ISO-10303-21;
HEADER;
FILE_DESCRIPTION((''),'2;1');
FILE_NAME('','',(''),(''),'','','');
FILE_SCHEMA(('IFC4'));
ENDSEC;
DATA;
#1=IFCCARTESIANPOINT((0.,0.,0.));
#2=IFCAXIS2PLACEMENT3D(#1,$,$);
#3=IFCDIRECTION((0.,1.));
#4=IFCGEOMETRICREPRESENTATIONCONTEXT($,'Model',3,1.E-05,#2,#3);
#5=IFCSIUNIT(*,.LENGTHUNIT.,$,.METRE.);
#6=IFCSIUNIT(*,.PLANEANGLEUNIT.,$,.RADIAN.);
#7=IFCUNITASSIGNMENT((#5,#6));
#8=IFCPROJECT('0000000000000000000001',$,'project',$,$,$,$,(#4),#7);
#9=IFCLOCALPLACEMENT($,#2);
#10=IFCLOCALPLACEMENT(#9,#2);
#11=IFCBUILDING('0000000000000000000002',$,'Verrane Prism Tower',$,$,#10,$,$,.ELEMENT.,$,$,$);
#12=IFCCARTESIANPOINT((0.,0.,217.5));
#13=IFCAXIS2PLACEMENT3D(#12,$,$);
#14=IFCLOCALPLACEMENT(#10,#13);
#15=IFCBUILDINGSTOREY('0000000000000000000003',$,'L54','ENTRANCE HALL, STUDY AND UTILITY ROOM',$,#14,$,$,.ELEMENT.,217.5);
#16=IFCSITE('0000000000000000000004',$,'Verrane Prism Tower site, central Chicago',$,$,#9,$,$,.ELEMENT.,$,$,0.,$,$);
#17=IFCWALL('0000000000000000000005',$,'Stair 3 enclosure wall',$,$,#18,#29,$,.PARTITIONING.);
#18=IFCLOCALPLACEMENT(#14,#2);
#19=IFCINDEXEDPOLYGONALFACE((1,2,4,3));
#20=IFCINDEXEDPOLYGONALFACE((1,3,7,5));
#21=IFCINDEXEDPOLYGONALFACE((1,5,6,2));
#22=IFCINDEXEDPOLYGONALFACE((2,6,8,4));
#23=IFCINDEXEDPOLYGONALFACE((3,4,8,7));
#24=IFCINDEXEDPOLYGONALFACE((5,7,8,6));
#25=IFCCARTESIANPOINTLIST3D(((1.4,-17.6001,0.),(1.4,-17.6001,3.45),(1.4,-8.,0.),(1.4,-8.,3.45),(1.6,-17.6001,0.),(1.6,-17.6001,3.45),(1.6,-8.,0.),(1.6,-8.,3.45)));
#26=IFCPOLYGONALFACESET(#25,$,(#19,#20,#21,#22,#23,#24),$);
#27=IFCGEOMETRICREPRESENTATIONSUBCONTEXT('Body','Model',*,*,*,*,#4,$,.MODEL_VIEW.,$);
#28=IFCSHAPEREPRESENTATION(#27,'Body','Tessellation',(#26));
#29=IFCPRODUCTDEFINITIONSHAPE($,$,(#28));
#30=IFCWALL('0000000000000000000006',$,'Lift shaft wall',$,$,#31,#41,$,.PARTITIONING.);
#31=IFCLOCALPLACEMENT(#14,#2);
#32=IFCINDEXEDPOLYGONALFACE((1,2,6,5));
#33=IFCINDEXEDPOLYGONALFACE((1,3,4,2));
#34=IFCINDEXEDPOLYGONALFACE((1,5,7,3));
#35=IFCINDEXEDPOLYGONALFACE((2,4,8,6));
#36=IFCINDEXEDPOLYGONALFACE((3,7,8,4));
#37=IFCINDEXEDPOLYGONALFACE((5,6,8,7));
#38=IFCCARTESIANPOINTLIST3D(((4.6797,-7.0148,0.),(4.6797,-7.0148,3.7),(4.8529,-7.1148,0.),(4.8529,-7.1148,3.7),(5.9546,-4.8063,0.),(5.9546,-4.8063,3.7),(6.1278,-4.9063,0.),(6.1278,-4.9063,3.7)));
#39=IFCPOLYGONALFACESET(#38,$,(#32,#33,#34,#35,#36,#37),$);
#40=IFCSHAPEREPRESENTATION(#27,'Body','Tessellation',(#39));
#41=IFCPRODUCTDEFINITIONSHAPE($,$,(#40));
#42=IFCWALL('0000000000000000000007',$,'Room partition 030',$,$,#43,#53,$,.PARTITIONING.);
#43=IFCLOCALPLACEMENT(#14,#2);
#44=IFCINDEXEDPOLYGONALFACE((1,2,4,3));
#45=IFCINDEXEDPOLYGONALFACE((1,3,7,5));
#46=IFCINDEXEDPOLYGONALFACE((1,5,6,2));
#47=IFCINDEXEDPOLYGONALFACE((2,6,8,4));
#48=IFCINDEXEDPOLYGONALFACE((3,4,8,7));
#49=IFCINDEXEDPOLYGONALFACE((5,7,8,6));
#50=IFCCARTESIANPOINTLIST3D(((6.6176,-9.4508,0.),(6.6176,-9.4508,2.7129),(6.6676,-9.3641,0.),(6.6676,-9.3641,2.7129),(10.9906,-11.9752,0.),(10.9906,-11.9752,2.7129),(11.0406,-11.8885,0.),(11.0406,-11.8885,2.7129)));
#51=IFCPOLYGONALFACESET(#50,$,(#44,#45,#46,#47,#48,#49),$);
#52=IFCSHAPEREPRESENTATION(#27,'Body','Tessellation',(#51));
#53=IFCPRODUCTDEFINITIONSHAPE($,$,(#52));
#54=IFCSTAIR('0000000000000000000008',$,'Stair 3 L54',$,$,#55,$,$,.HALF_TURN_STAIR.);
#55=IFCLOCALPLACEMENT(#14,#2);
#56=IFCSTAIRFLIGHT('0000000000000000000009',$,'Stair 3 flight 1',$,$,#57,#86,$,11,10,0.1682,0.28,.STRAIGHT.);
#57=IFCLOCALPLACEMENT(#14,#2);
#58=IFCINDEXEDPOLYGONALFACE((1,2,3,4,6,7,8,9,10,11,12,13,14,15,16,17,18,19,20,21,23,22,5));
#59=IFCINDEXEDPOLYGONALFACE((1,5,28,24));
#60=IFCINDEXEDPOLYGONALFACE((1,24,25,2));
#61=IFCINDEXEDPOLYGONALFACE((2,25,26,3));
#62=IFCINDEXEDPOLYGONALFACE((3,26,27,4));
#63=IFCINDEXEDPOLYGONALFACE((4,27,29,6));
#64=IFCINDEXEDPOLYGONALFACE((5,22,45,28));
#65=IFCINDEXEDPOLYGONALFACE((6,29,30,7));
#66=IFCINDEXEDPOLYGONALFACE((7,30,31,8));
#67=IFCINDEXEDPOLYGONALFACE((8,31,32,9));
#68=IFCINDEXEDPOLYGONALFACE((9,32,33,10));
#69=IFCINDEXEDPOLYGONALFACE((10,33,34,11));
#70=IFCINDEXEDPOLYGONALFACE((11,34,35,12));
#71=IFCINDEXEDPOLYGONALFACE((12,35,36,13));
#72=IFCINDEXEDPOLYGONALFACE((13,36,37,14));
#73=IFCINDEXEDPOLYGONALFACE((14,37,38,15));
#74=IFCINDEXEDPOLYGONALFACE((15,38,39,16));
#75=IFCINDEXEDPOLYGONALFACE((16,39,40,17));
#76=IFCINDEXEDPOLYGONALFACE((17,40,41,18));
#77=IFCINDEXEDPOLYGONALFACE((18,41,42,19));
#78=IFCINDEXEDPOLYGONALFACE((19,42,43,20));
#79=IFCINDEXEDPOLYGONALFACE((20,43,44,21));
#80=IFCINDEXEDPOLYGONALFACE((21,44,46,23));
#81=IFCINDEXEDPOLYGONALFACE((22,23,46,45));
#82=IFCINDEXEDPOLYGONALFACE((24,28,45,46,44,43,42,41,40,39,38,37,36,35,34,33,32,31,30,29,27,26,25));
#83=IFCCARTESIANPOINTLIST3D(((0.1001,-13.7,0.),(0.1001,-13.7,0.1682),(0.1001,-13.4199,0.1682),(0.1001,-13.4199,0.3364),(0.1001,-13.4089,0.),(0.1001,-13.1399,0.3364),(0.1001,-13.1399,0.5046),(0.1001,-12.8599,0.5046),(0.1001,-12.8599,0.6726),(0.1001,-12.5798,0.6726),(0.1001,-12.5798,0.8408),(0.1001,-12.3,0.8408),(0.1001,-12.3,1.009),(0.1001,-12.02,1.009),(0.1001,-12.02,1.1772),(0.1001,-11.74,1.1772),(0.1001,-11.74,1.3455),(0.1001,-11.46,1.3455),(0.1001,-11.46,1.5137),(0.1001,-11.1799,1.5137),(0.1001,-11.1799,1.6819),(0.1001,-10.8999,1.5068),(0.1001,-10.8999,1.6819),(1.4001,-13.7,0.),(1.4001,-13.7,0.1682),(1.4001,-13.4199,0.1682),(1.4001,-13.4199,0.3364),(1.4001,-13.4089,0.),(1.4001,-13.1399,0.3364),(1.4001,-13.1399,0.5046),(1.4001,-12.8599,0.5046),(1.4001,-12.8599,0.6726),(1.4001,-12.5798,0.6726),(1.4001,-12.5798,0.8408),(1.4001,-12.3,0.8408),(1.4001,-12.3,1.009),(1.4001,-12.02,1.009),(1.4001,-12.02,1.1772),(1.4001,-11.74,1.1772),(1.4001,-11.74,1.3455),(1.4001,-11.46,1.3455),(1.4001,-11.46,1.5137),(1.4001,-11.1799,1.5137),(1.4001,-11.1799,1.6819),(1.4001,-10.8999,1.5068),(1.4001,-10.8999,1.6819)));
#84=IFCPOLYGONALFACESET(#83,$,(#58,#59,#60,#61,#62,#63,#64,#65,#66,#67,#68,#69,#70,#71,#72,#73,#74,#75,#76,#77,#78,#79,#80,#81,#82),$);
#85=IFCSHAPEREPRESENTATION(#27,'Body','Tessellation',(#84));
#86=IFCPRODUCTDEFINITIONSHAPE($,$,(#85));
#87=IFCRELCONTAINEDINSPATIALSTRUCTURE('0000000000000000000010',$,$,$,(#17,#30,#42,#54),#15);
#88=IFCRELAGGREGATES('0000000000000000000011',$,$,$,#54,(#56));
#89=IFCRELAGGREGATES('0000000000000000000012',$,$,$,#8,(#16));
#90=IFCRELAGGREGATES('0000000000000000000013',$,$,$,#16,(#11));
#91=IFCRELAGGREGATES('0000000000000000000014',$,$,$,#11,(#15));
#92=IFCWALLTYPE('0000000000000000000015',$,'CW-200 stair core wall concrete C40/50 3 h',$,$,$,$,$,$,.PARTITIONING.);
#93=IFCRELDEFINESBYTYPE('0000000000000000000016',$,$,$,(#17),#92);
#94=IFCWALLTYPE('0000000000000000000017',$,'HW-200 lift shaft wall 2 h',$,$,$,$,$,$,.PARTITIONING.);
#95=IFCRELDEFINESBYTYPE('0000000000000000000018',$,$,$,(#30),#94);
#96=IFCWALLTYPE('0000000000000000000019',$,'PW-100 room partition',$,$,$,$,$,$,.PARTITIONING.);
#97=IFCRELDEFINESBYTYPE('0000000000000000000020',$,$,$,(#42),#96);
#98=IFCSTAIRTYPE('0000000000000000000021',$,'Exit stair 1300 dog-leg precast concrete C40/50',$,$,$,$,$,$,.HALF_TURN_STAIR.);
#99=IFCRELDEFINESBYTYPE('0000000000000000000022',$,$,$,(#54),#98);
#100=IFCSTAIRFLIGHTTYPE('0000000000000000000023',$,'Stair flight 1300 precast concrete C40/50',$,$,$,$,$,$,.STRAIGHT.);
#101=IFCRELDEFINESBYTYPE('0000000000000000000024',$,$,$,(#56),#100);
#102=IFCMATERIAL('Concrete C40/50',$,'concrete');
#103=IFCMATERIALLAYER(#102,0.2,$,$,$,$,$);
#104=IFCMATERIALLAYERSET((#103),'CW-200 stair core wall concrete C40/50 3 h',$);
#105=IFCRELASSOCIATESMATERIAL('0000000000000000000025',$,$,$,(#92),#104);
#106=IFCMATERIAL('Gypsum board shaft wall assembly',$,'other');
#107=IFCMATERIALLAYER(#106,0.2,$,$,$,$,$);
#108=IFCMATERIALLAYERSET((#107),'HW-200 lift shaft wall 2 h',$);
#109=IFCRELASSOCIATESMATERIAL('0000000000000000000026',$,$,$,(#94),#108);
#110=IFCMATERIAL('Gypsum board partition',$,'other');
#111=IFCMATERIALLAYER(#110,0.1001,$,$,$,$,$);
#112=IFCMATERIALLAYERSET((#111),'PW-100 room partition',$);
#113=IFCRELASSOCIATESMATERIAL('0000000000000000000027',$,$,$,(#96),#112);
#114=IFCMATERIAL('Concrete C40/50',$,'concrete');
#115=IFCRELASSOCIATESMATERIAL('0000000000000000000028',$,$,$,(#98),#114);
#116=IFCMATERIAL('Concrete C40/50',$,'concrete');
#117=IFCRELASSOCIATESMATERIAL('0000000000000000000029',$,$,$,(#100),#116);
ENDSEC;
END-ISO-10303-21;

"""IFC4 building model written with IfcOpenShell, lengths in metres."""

from ifc_helpers import new_model, si_unit, direction, frame, frame_2d, origin, place, context, subcontext, project, spatial, polyline, rectangle, outline, extrude, material, layer, layer_set, type_object, element, aggregate, save


model = new_model("IFC4")

# Units and contexts
model_context = context("Model", 3, precision=1e-05, world=origin(), true_north=direction((0.0, 1.0)))
body_context = subcontext(model_context, "Body", "Model", "MODEL_VIEW")
ifc_project = project(units=[si_unit("LENGTHUNIT", "METRE"), si_unit("PLANEANGLEUNIT", "RADIAN")], contexts=[model_context])

# Site, building, storey
site_placement = place(None, origin())
site = spatial("IfcSite", under=ifc_project, at=site_placement, Name="Verrane Prism Tower site, central Chicago", CompositionType="ELEMENT", RefElevation=0.0)
building_placement = place(site_placement, origin())
building = spatial("IfcBuilding", under=site, at=building_placement, Name="Verrane Prism Tower", CompositionType="ELEMENT")
storey_placement = place(building_placement, frame((0.0, 0.0, 217.5)))
storey = spatial("IfcBuildingStorey", under=building, at=storey_placement, Name="L54", Description="ENTRANCE HALL, STUDY AND UTILITY ROOM", CompositionType="ELEMENT", Elevation=217.5)

# Walls
ifc_material_1 = material(Name="Concrete C40/50", Category="concrete")
ifc_layer_1 = layer(ifc_material_1, 0.2)
ifc_layer_set_1 = layer_set([ifc_layer_1], Name="CW-200 stair core wall concrete C40/50 3 h")
wall_type_1 = type_object("IfcWallType", Name="CW-200 stair core wall concrete C40/50 3 h", PredefinedType="PARTITIONING", material=ifc_layer_set_1)
wall_1_placement = place(storey_placement, frame((1.5, -8.0, 0.0), z_axis=(0.0, 0.0, 1.0), x_axis=(0.0, -1.0, 0.0)))
element("IfcWall", 1, at=wall_1_placement, inside=storey, type_object=wall_type_1, Name="Stair 3 enclosure wall", PredefinedType="PARTITIONING", context=body_context, shape_type="SweptSolid", body=[
    extrude(rectangle(XDim=9.6001, YDim=0.2, at=frame_2d((4.8, 0.0))), origin(), (0.0, 0.0, 1.0), 3.45),
])
ifc_material_2 = material(Name="Gypsum board shaft wall assembly", Category="other")
ifc_layer_2 = layer(ifc_material_2, 0.2)
ifc_layer_set_2 = layer_set([ifc_layer_2], Name="HW-200 lift shaft wall 2 h")
wall_type_2 = type_object("IfcWallType", Name="HW-200 lift shaft wall 2 h", PredefinedType="PARTITIONING", material=ifc_layer_set_2)
wall_2_placement = place(storey_placement, frame((4.7664, -7.0647, 0.0), z_axis=(0.0, 0.0, 1.0), x_axis=(0.499949, 0.866055, 0.0)))
element("IfcWall", 2, at=wall_2_placement, inside=storey, type_object=wall_type_2, Name="Lift shaft wall", PredefinedType="PARTITIONING", context=body_context, shape_type="SweptSolid", body=[
    extrude(rectangle(XDim=2.55, YDim=0.2, at=frame_2d((1.2749, 0.0))), origin(), (0.0, 0.0, 1.0), 3.7),
])
ifc_material_3 = material(Name="Gypsum board partition", Category="other")
ifc_layer_3 = layer(ifc_material_3, 0.1001)
ifc_layer_set_3 = layer_set([ifc_layer_3], Name="PW-100 room partition")
wall_type_3 = type_object("IfcWallType", Name="PW-100 room partition", PredefinedType="PARTITIONING", material=ifc_layer_set_3)
wall_3_placement = place(storey_placement, frame((6.6426, -9.4075, 0.0), z_axis=(0.0, 0.0, 1.0), x_axis=(0.866057, -0.499946, 0.0)))
element("IfcWall", 3, at=wall_3_placement, inside=storey, type_object=wall_type_3, Name="Room partition 030", PredefinedType="PARTITIONING", context=body_context, shape_type="SweptSolid", body=[
    extrude(rectangle(XDim=5.0493, YDim=0.1001, at=frame_2d((2.5247, 0.0))), origin(), (0.0, 0.0, 1.0), 2.7129),
])

# Stair, stair flight
ifc_material_4 = material(Name="Concrete C40/50", Category="concrete")
stair_type = type_object("IfcStairType", Name="Exit stair 1300 dog-leg precast concrete C40/50", PredefinedType="HALF_TURN_STAIR", material=ifc_material_4)
stair_placement = place(storey_placement, origin())
stair = element("IfcStair", 4, at=stair_placement, inside=storey, type_object=stair_type, Name="Stair 3 L54", PredefinedType="HALF_TURN_STAIR")
ifc_material_5 = material(Name="Concrete C40/50", Category="concrete")
stair_flight_type = type_object("IfcStairFlightType", Name="Stair flight 1300 precast concrete C40/50", PredefinedType="STRAIGHT", material=ifc_material_5)
stair_flight_placement = place(storey_placement, frame((0.75, -13.7, 0.0), z_axis=(0.0, 0.0, 1.0), x_axis=(0.0, 1.0, 0.0)))
stair_flight = element("IfcStairFlight", 5, at=stair_flight_placement, type_object=stair_flight_type, Name="Stair 3 flight 1", NumberOfRisers=11, NumberOfTreads=10, PredefinedType="STRAIGHT", RiserHeight=0.1682, TreadLength=0.28, context=body_context, shape_type="SweptSolid", body=[
    extrude(outline(polyline([(0.0, 0.0), (0.0, 0.1682), (0.28, 0.1682), (0.28, 0.3364), (0.5601, 0.3364), (0.5601, 0.5046), (0.8401, 0.5046), (0.8401, 0.6726), (1.1201, 0.6726), (1.1201, 0.8408), (1.3999, 0.8408), (1.3999, 1.009), (1.6799, 1.009), (1.6799, 1.1772), (1.96, 1.1772), (1.96, 1.3455), (2.24, 1.3455), (2.24, 1.5137), (2.52, 1.5137), (2.52, 1.6819), (2.8, 1.6819), (2.8, 1.8501), (2.8, 1.5068), (0.291, 0.0), (0.0, 0.0)])), frame((0.0, 0.6499, 0.0), z_axis=(0.0, -1.0, 0.0), x_axis=(1.0, 0.0, 0.0)), (0.0, 0.0, 1.0), 1.3),
])
aggregate(stair, [stair_flight])

save(model, "model.ifc")
